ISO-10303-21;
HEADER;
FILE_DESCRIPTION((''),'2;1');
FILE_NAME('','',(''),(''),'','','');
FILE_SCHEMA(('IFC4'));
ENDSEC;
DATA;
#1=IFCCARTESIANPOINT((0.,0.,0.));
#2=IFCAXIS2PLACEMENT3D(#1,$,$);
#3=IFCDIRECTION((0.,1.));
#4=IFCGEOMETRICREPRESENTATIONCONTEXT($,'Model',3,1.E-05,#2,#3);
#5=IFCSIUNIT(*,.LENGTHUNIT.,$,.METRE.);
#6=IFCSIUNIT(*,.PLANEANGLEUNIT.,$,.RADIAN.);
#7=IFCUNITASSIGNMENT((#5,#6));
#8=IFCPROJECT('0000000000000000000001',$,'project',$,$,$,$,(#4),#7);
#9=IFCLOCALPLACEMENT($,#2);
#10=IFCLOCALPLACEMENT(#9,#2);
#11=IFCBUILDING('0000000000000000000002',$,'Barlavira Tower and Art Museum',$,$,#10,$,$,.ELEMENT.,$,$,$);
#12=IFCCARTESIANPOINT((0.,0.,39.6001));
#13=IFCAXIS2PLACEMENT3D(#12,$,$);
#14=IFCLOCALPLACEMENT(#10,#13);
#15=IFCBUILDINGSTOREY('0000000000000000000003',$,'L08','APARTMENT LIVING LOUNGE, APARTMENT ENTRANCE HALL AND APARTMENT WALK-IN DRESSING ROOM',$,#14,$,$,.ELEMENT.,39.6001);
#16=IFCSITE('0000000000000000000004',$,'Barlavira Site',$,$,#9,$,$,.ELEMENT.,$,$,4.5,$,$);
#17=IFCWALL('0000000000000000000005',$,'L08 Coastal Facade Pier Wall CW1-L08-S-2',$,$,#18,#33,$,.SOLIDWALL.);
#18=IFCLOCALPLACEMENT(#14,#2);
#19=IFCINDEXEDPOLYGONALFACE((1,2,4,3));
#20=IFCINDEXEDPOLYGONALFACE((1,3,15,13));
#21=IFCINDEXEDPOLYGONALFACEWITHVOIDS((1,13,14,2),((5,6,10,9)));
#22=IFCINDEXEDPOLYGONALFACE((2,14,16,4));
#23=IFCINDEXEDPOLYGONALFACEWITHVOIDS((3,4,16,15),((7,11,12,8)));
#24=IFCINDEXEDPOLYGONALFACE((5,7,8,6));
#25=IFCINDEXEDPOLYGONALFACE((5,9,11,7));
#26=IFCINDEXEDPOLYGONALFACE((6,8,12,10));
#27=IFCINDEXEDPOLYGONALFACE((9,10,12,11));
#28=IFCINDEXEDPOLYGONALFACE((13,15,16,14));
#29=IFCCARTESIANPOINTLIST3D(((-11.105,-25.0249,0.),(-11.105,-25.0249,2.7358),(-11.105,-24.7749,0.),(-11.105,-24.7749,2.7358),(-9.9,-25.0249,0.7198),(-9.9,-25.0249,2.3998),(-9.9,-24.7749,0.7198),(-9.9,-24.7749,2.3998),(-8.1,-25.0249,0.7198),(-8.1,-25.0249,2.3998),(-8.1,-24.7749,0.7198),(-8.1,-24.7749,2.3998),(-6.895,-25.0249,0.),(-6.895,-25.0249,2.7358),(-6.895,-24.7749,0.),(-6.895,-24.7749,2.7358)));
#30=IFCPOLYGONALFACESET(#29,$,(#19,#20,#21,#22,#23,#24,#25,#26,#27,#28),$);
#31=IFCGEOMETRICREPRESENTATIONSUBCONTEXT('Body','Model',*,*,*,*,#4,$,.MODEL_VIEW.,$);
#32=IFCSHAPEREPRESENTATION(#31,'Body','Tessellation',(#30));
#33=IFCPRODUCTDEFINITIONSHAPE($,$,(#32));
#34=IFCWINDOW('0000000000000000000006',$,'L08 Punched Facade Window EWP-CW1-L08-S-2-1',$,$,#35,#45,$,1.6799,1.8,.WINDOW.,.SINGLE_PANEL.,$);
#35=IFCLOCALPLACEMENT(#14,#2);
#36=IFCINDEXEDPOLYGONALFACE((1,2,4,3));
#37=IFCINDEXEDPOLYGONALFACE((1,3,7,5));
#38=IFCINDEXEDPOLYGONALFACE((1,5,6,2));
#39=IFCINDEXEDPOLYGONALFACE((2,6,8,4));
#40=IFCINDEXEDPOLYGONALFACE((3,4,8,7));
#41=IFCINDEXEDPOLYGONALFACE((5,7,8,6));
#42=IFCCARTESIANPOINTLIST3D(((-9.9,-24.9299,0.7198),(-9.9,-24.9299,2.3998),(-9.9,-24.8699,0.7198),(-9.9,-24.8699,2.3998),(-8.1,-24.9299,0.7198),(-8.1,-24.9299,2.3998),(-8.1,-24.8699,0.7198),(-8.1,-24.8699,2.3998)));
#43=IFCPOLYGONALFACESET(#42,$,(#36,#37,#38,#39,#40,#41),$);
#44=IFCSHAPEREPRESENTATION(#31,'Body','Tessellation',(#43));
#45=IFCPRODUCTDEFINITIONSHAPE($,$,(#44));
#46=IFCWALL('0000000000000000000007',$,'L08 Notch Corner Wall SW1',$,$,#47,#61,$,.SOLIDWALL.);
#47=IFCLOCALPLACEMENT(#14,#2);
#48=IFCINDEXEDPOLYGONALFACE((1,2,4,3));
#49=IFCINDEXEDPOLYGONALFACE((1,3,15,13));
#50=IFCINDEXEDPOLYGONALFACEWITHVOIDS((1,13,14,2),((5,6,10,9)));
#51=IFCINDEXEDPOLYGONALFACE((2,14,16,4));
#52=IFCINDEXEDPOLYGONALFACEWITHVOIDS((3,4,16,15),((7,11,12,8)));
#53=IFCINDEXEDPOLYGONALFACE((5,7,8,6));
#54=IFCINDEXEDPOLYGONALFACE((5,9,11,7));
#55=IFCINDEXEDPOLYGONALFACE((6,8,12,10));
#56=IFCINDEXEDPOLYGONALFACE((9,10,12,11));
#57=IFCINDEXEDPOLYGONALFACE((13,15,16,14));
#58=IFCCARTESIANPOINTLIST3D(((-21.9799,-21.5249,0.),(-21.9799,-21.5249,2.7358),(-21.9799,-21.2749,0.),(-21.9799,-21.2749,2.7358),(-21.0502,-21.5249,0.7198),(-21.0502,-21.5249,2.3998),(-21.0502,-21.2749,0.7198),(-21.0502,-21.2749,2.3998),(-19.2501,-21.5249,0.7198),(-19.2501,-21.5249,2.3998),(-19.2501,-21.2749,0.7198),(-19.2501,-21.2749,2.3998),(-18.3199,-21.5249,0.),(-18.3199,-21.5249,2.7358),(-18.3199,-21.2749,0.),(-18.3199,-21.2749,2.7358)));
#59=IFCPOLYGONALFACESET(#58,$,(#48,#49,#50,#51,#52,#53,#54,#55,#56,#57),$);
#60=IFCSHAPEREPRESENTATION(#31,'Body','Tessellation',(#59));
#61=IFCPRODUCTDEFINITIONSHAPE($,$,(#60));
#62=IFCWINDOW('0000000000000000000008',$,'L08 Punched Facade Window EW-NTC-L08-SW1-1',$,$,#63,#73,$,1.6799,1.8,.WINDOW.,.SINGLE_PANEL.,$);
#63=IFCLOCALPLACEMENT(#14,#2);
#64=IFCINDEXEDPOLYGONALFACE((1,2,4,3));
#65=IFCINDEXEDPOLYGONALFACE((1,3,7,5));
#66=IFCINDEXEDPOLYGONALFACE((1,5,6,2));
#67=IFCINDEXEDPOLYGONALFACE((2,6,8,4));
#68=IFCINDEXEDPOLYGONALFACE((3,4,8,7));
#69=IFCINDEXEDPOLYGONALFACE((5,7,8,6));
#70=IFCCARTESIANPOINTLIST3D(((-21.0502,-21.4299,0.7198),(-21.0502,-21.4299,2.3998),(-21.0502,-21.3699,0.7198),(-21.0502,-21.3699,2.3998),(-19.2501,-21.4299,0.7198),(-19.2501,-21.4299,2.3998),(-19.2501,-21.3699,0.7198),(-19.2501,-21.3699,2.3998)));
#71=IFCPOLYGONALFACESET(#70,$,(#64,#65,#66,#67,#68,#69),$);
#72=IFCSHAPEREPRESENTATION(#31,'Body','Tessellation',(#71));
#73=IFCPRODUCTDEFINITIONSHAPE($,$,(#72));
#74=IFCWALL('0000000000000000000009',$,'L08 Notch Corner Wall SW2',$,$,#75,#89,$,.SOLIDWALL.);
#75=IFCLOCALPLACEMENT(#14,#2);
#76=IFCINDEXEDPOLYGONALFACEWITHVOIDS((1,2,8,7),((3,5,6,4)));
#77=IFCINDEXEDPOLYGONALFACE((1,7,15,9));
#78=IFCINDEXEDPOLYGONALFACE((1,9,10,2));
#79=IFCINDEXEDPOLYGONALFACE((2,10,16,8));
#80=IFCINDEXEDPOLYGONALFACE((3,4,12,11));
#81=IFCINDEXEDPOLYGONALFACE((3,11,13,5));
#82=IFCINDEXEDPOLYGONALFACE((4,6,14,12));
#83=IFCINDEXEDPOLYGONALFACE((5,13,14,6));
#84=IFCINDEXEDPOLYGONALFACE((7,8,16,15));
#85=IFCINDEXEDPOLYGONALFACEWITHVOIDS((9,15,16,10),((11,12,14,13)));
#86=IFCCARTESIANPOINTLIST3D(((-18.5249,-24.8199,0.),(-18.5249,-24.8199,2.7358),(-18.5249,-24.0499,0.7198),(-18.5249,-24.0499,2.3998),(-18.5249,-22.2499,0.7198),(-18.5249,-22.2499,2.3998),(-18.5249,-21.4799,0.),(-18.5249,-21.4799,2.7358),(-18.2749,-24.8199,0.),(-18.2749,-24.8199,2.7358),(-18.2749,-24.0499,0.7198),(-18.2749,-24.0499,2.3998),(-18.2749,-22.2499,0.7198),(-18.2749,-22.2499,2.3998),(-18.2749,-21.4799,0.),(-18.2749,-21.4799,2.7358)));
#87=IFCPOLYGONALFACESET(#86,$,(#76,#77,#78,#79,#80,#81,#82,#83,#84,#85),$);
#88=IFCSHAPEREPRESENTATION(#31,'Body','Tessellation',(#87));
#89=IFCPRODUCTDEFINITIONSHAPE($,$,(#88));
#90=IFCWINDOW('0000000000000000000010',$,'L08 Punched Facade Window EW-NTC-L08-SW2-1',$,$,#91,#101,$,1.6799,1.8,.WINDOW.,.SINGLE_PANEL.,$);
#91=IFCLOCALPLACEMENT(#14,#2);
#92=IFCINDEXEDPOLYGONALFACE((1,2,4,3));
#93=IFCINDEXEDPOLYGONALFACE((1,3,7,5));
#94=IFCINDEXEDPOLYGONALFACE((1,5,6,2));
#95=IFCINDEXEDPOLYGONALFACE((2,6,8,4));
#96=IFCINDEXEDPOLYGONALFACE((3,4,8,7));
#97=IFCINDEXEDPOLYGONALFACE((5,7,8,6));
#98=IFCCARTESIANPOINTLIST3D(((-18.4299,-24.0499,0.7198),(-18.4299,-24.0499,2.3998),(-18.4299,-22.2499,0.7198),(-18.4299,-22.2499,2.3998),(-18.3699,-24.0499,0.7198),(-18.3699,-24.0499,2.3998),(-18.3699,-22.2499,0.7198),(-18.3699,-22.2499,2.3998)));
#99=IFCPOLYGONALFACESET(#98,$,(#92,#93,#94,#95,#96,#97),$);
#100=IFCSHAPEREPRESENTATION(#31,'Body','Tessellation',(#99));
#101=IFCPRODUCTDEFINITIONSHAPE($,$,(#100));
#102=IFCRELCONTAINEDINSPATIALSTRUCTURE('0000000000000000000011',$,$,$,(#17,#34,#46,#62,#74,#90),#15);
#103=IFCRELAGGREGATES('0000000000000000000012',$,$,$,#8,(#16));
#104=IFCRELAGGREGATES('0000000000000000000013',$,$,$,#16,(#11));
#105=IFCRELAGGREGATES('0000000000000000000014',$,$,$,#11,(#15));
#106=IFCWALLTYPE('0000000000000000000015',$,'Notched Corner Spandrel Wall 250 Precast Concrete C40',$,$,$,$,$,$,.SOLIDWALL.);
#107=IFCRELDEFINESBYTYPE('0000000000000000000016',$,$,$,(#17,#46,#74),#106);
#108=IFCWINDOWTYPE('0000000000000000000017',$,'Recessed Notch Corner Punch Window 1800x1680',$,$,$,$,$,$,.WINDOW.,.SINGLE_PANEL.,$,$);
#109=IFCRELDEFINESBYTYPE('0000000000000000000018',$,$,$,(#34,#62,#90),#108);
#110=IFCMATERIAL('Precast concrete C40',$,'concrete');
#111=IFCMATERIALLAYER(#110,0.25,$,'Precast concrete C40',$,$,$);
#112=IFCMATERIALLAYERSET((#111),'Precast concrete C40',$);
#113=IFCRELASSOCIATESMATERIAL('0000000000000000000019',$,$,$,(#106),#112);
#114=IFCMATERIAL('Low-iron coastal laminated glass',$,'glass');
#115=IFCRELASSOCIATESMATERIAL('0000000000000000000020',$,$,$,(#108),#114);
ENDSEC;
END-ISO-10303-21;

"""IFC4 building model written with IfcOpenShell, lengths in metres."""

from ifc_helpers import new_model, si_unit, direction, frame, frame_2d, origin, place, context, subcontext, project, spatial, rectangle, extrude, material, layer, layer_set, type_object, element, fill, save


model = new_model("IFC4")

# Units and contexts
model_context = context("Model", 3, precision=1e-05, world=origin(), true_north=direction((0.0, 1.0)))
body_context = subcontext(model_context, "Body", "Model", "MODEL_VIEW")
ifc_project = project(units=[si_unit("LENGTHUNIT", "METRE"), si_unit("PLANEANGLEUNIT", "RADIAN")], contexts=[model_context])

# Site, building, storey
site_placement = place(None, origin())
site = spatial("IfcSite", under=ifc_project, at=site_placement, Name="Barlavira Site", CompositionType="ELEMENT", RefElevation=4.5)
building_placement = place(site_placement, origin())
building = spatial("IfcBuilding", under=site, at=building_placement, Name="Barlavira Tower and Art Museum", CompositionType="ELEMENT")
storey_placement = place(building_placement, frame((0.0, 0.0, 39.6001)))
storey = spatial("IfcBuildingStorey", under=building, at=storey_placement, Name="L08", Description="APARTMENT LIVING LOUNGE, APARTMENT ENTRANCE HALL AND APARTMENT WALK-IN DRESSING ROOM", CompositionType="ELEMENT", Elevation=39.6001)

# Shared definitions
ifc_material_1 = material(Name="Precast concrete C40", Category="concrete")
ifc_layer_1 = layer(ifc_material_1, 0.25, Name="Precast concrete C40")
ifc_layer_set_1 = layer_set([ifc_layer_1], Name="Precast concrete C40")
wall_type_1 = type_object("IfcWallType", Name="Notched Corner Spandrel Wall 250 Precast Concrete C40", PredefinedType="SOLIDWALL", material=ifc_layer_set_1)
ifc_material_2 = material(Name="Low-iron coastal laminated glass", Category="glass")
window_type = type_object("IfcWindowType", Name="Recessed Notch Corner Punch Window 1800x1680", PartitioningType="SINGLE_PANEL", PredefinedType="WINDOW", material=ifc_material_2)

# Walls, openings, windows
wall_1_placement = place(storey_placement, frame((-11.105, -24.8999, 0.0), z_axis=(0.0, 0.0, 1.0), x_axis=(1.0, 0.0, 0.0)))
wall_1 = element("IfcWall", 1, at=wall_1_placement, inside=storey, type_object=wall_type_1, Name="L08 Coastal Facade Pier Wall CW1-L08-S-2", PredefinedType="SOLIDWALL", context=body_context, shape_type="SweptSolid", body=[
    extrude(rectangle(XDim=4.21, YDim=0.25, at=frame_2d((2.105, 0.0))), origin(), (0.0, 0.0, 1.0), 2.7358),
])
opening_1_placement = place(wall_1_placement, frame((1.2051, 0.0, 0.72)))
opening_1 = element("IfcOpeningElement", 2, at=opening_1_placement, cuts=wall_1, PredefinedType="OPENING", context=body_context, shape_type="SweptSolid", body=[
    extrude(rectangle(XDim=1.8, YDim=1.6799, at=frame_2d((0.8999, 0.8398))), frame((0.0, 0.135, 0.0), z_axis=(0.0, -1.0, 0.0), x_axis=(1.0, 0.0, 0.0)), (0.0, 0.0, 1.0), 0.27),
])
window_1_placement = place(opening_1_placement, origin())
window_1 = element("IfcWindow", 3, at=window_1_placement, inside=storey, type_object=window_type, Name="L08 Punched Facade Window EWP-CW1-L08-S-2-1", OverallHeight=1.6799, OverallWidth=1.8, PartitioningType="SINGLE_PANEL", PredefinedType="WINDOW", context=body_context, shape_type="SweptSolid", body=[
    extrude(rectangle(XDim=1.8, YDim=1.6799, at=frame_2d((0.8999, 0.8398))), frame((0.0, 0.03, 0.0), z_axis=(0.0, -1.0, 0.0), x_axis=(1.0, 0.0, 0.0)), (0.0, 0.0, 1.0), 0.0601),
])
fill(opening_1, window_1)
wall_2_placement = place(storey_placement, frame((-21.98, -21.3999, 0.0), z_axis=(0.0, 0.0, 1.0), x_axis=(1.0, 0.0, 0.0)))
wall_2 = element("IfcWall", 4, at=wall_2_placement, inside=storey, type_object=wall_type_1, Name="L08 Notch Corner Wall SW1", PredefinedType="SOLIDWALL", context=body_context, shape_type="SweptSolid", body=[
    extrude(rectangle(XDim=3.6599, YDim=0.25, at=frame_2d((1.8301, 0.0))), origin(), (0.0, 0.0, 1.0), 2.7358),
])
opening_2_placement = place(wall_2_placement, frame((0.9299, 0.0, 0.72)))
opening_2 = element("IfcOpeningElement", 5, at=opening_2_placement, cuts=wall_2, PredefinedType="OPENING", context=body_context, shape_type="SweptSolid", body=[
    extrude(rectangle(XDim=1.8, YDim=1.6799, at=frame_2d((0.8999, 0.8398))), frame((0.0, 0.135, 0.0), z_axis=(0.0, -1.0, 0.0), x_axis=(1.0, 0.0, 0.0)), (0.0, 0.0, 1.0), 0.27),
])
window_2_placement = place(opening_2_placement, origin())
window_2 = element("IfcWindow", 6, at=window_2_placement, inside=storey, type_object=window_type, Name="L08 Punched Facade Window EW-NTC-L08-SW1-1", OverallHeight=1.6799, OverallWidth=1.8, PartitioningType="SINGLE_PANEL", PredefinedType="WINDOW", context=body_context, shape_type="SweptSolid", body=[
    extrude(rectangle(XDim=1.8, YDim=1.6799, at=frame_2d((0.8999, 0.8398))), frame((0.0, 0.03, 0.0), z_axis=(0.0, -1.0, 0.0), x_axis=(1.0, 0.0, 0.0)), (0.0, 0.0, 1.0), 0.0601),
])
fill(opening_2, window_2)
wall_3_placement = place(storey_placement, frame((-18.3999, -21.48, 0.0), z_axis=(0.0, 0.0, 1.0), x_axis=(0.0, -1.0, 0.0)))
wall_3 = element("IfcWall", 7, at=wall_3_placement, inside=storey, type_object=wall_type_1, Name="L08 Notch Corner Wall SW2", PredefinedType="SOLIDWALL", context=body_context, shape_type="SweptSolid", body=[
    extrude(rectangle(XDim=3.3401, YDim=0.25, at=frame_2d((1.6699, 0.0))), origin(), (0.0, 0.0, 1.0), 2.7358),
])
opening_3_placement = place(wall_3_placement, frame((0.77, 0.0, 0.72)))
opening_3 = element("IfcOpeningElement", 8, at=opening_3_placement, cuts=wall_3, PredefinedType="OPENING", context=body_context, shape_type="SweptSolid", body=[
    extrude(rectangle(XDim=1.8, YDim=1.6799, at=frame_2d((0.8999, 0.8398))), frame((0.0, 0.135, 0.0), z_axis=(0.0, -1.0, 0.0), x_axis=(1.0, 0.0, 0.0)), (0.0, 0.0, 1.0), 0.27),
])
window_3_placement = place(opening_3_placement, origin())
window_3 = element("IfcWindow", 9, at=window_3_placement, inside=storey, type_object=window_type, Name="L08 Punched Facade Window EW-NTC-L08-SW2-1", OverallHeight=1.6799, OverallWidth=1.8, PartitioningType="SINGLE_PANEL", PredefinedType="WINDOW", context=body_context, shape_type="SweptSolid", body=[
    extrude(rectangle(XDim=1.8, YDim=1.6799, at=frame_2d((0.8999, 0.8398))), frame((0.0, 0.03, 0.0), z_axis=(0.0, -1.0, 0.0), x_axis=(1.0, 0.0, 0.0)), (0.0, 0.0, 1.0), 0.0601),
])
fill(opening_3, window_3)

save(model, "model.ifc")
